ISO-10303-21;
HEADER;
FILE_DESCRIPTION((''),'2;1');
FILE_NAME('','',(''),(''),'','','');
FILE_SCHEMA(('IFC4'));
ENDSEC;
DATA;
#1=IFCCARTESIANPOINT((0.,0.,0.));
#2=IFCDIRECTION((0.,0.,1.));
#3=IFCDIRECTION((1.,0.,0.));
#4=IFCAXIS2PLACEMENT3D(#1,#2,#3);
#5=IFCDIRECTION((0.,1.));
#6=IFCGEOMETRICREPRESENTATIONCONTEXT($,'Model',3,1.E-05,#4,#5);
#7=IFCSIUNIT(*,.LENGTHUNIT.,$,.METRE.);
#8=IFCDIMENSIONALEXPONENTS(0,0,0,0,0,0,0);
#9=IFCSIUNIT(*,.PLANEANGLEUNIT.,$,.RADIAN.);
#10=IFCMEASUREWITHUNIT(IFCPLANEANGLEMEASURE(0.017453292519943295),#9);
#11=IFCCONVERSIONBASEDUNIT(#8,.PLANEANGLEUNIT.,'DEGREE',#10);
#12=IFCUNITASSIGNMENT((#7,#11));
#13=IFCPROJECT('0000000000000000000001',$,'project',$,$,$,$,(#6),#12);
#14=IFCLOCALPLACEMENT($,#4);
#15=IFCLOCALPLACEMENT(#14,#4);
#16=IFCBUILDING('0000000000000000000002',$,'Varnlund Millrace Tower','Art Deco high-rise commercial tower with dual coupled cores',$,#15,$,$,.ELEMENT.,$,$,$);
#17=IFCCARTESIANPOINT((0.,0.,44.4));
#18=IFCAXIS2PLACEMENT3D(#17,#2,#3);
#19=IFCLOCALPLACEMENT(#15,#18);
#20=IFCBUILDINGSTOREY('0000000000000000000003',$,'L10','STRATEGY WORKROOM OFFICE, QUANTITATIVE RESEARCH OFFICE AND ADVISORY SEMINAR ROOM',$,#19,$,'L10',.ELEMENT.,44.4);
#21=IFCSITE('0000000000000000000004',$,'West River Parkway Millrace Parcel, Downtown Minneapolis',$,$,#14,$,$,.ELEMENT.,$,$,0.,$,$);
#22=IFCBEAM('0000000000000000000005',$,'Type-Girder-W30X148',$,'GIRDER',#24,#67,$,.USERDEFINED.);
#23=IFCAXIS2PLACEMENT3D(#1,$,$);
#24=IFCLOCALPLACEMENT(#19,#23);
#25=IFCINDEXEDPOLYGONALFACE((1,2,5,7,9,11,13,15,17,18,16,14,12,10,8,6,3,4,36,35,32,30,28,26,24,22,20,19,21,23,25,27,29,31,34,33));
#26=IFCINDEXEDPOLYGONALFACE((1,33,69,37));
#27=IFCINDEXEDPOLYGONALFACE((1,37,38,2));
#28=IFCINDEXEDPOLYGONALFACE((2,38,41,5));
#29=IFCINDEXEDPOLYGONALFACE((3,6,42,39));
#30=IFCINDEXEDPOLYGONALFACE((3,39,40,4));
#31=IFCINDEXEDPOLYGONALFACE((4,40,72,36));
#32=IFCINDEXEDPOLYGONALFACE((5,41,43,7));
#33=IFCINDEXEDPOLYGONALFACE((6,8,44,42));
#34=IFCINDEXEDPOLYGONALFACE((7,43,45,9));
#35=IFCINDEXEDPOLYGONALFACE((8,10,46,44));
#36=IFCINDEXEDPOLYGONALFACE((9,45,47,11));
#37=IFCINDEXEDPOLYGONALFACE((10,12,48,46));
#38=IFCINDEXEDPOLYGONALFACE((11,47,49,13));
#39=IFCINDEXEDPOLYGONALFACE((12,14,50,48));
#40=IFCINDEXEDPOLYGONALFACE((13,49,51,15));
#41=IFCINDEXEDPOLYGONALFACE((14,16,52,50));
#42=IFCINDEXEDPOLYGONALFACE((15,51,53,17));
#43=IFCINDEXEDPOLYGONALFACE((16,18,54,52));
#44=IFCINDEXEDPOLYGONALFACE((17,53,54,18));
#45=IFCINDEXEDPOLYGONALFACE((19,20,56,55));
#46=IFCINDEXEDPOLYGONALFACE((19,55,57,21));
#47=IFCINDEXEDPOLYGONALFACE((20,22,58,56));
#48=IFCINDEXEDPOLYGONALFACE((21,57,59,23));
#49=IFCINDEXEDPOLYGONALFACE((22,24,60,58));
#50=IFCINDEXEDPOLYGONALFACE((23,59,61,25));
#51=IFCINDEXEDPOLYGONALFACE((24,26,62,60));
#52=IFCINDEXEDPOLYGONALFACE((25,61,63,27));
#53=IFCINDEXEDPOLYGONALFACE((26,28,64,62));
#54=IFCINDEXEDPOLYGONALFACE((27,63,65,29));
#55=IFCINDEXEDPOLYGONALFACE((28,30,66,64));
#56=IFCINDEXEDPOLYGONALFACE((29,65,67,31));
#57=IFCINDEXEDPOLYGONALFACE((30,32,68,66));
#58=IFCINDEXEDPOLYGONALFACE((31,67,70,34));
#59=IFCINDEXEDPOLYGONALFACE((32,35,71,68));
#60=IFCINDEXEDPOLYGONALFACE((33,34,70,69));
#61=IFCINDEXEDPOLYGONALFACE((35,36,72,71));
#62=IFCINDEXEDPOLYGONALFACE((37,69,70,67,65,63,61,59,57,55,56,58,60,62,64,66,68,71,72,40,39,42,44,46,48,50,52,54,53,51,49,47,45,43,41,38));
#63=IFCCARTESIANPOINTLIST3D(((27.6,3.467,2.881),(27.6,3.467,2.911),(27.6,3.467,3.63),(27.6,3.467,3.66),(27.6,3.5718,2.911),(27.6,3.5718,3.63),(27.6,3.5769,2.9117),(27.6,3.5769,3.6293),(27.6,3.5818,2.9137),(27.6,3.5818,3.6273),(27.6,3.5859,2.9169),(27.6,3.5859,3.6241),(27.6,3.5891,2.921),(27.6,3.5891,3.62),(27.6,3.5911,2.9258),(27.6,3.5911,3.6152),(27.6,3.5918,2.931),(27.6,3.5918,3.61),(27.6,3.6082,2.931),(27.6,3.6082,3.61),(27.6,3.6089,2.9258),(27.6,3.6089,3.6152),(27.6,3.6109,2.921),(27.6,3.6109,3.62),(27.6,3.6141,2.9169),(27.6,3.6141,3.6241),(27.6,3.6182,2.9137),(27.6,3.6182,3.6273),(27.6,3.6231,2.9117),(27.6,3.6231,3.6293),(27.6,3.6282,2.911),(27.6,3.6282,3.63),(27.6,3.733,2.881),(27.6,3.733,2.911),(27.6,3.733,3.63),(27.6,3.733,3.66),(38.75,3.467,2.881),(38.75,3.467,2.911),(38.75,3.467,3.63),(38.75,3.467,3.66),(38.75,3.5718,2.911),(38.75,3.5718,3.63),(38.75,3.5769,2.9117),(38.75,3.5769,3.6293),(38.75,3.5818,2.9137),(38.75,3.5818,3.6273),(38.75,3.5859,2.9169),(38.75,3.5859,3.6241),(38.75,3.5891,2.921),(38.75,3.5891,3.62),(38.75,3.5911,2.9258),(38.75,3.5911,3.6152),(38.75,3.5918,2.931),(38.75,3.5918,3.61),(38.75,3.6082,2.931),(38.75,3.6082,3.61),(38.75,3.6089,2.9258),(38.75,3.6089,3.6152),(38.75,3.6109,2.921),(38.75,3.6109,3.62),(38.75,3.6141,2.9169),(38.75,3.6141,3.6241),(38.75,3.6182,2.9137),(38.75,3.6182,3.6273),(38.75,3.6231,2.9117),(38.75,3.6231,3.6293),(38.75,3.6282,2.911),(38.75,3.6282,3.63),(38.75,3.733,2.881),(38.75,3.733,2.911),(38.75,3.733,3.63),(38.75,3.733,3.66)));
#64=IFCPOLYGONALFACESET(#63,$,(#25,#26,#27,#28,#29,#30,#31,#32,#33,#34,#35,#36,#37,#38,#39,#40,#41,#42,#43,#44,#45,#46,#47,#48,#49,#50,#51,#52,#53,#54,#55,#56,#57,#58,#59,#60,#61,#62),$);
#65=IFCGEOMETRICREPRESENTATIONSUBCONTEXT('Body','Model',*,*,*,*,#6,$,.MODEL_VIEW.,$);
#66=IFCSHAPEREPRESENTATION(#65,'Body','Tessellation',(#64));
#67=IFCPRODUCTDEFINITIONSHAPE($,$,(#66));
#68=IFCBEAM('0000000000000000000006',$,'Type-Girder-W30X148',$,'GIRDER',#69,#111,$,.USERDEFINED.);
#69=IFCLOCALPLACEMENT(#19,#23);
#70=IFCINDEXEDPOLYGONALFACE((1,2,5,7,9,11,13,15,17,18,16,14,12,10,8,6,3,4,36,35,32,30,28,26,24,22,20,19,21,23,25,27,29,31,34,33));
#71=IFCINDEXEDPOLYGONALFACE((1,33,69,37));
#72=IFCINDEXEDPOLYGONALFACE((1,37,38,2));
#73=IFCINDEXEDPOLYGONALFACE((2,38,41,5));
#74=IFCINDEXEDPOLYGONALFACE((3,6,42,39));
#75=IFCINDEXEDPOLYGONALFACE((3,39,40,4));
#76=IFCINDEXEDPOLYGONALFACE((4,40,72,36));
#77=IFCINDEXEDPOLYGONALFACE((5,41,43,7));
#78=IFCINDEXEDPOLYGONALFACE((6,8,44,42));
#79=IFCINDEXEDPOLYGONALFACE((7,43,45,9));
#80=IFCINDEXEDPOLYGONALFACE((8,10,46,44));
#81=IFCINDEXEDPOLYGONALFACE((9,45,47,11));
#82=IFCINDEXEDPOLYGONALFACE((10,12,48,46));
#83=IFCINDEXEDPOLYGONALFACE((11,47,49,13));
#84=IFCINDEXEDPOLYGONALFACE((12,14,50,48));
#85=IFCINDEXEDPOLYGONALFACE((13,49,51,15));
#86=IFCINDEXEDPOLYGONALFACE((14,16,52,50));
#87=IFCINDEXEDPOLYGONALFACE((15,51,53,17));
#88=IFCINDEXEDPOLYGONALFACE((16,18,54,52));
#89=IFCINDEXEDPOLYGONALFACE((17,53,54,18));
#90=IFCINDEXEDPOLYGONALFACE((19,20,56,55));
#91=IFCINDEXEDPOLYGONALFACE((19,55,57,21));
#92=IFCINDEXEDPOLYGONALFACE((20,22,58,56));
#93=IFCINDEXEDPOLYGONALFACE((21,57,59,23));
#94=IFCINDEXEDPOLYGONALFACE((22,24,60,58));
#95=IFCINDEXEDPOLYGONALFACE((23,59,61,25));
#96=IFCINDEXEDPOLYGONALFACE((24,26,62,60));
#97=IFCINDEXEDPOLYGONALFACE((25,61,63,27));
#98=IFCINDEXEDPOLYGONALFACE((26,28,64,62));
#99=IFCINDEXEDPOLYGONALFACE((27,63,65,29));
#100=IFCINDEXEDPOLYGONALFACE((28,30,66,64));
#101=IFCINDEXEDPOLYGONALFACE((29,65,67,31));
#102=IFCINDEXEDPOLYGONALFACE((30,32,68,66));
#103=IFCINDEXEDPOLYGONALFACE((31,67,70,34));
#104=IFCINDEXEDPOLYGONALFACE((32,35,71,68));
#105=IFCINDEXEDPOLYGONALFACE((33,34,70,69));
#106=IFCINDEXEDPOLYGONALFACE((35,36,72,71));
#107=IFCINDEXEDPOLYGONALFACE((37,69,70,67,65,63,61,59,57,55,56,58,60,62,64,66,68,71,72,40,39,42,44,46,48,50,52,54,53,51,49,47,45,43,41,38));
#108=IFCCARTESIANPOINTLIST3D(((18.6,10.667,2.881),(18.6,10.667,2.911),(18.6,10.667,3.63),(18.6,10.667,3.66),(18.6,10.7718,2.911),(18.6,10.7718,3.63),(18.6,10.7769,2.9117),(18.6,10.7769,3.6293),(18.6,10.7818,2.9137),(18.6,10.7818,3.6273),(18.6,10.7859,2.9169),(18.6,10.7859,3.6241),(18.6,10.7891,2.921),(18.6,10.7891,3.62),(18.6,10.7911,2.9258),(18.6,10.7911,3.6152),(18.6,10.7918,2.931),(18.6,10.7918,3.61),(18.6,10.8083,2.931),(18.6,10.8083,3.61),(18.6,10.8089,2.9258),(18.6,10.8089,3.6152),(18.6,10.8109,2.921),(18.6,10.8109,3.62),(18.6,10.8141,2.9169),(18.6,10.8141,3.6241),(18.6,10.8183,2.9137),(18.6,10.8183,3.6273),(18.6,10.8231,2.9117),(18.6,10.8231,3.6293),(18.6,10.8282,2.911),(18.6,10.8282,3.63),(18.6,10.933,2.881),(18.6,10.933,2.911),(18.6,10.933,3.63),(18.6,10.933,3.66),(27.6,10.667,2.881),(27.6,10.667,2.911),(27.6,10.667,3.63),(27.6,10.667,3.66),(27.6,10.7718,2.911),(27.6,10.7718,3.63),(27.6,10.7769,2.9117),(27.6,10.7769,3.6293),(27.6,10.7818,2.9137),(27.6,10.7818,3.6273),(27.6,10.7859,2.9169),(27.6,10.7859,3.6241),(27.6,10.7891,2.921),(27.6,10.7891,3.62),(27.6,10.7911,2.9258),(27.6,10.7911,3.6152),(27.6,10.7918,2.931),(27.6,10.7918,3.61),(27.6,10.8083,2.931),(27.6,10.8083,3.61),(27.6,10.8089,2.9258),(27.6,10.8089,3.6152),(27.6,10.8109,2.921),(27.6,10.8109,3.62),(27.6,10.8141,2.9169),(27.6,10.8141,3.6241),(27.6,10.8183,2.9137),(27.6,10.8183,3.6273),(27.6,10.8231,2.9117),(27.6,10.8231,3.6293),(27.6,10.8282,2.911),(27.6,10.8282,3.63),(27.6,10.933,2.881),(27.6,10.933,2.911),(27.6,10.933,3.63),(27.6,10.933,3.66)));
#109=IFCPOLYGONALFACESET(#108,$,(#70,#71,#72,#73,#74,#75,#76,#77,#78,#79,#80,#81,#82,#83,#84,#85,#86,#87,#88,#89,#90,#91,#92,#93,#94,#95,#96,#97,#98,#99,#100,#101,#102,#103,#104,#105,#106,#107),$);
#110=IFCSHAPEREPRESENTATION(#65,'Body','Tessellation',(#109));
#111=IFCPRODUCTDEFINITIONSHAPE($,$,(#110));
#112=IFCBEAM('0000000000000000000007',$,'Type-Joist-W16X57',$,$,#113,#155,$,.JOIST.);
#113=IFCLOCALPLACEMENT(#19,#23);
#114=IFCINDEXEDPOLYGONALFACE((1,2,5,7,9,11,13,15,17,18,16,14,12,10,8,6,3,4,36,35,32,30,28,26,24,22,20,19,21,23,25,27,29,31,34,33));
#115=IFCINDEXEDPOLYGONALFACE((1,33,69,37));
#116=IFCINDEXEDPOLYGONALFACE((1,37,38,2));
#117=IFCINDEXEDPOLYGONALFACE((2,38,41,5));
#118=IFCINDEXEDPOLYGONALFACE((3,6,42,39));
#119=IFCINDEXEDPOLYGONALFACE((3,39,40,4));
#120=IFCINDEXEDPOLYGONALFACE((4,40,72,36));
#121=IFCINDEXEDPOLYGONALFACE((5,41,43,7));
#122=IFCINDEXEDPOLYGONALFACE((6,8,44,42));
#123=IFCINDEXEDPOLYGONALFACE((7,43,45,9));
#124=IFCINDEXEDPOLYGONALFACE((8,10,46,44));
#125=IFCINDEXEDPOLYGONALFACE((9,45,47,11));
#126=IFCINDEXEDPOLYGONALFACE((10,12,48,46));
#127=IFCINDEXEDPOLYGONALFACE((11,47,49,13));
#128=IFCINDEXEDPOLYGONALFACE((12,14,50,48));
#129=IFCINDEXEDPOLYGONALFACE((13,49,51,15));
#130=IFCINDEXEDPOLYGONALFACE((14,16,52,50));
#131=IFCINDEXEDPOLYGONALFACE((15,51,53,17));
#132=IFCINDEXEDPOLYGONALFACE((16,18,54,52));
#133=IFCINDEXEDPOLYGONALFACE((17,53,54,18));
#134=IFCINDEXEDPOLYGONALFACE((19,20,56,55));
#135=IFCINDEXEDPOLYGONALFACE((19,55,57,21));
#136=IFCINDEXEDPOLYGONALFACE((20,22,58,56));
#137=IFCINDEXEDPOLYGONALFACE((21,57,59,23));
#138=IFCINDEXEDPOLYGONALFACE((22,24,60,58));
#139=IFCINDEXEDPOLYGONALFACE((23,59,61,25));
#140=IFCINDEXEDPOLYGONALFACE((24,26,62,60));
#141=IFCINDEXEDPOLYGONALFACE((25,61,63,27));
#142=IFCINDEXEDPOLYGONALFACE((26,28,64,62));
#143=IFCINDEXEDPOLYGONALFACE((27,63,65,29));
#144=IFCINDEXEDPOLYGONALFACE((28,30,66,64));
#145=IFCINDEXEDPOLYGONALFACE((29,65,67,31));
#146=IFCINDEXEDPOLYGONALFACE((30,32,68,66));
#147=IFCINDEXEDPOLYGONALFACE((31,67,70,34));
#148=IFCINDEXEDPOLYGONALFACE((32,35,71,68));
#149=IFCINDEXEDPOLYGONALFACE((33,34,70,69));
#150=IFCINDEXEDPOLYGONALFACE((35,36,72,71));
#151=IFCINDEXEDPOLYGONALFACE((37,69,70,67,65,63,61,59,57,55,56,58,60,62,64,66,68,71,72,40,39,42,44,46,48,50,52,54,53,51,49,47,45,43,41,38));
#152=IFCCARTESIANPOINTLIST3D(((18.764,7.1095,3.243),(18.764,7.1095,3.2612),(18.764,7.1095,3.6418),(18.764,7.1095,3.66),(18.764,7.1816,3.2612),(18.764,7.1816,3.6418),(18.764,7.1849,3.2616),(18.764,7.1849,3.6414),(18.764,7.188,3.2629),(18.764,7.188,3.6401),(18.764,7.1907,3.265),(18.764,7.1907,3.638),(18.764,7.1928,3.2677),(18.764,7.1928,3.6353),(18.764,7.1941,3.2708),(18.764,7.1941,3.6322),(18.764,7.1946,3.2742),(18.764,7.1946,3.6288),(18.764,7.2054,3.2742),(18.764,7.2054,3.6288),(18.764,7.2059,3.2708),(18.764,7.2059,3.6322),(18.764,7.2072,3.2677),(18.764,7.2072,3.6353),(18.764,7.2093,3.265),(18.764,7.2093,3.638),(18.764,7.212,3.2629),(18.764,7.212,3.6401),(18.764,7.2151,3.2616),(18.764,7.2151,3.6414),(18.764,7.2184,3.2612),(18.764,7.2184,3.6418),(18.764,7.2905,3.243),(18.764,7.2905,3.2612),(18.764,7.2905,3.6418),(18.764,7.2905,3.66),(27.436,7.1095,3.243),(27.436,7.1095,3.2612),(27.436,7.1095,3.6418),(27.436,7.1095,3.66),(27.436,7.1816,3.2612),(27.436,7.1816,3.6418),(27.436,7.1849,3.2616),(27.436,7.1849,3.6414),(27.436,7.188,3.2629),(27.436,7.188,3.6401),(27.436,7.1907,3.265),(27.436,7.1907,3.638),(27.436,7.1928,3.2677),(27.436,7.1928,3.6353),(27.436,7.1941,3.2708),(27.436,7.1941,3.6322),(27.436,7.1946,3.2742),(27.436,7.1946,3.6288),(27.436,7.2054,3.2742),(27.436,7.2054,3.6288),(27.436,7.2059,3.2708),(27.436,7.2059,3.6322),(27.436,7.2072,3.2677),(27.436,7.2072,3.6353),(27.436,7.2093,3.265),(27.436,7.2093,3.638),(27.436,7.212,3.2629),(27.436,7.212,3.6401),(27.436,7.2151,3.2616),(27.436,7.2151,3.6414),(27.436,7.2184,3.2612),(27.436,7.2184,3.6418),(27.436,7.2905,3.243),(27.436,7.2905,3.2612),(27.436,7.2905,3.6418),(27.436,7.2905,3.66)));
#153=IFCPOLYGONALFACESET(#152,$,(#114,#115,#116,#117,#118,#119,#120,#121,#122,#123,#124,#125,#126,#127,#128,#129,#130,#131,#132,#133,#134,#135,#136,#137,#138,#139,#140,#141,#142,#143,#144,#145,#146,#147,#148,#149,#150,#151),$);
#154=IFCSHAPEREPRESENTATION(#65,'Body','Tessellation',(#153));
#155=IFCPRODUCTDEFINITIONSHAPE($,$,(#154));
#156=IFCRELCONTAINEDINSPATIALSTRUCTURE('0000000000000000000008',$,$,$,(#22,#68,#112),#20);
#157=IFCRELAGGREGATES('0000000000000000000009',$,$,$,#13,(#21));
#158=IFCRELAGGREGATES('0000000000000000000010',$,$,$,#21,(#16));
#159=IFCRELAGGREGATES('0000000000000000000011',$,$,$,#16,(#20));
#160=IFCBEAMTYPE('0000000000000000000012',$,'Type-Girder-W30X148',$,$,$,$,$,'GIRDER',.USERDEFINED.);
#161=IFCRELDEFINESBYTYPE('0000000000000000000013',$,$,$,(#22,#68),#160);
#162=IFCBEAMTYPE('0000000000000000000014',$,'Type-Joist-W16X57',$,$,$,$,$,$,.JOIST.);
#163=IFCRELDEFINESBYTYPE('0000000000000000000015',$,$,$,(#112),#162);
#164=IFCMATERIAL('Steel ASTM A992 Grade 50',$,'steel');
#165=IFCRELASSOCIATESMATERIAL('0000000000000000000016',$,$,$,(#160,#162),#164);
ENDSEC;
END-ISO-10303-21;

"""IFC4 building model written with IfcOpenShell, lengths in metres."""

from ifc_helpers import new_model, entity, si_unit, converted_unit, direction, frame, origin_with_axes, origin_2d_with_axis, place, context, subcontext, project, spatial, i_section, extrude, material, material_profile, profile_set, type_object, element, save


model = new_model("IFC4")

# Units and contexts
model_context = context("Model", 3, precision=1e-05, world=origin_with_axes(), true_north=direction((0.0, 1.0)))
body_context = subcontext(model_context, "Body", "Model", "MODEL_VIEW")
ifc_project = project(units=[si_unit("LENGTHUNIT", "METRE"), converted_unit("PLANEANGLEUNIT", "DEGREE", entity("IfcPlaneAngleMeasure", 0.017453292519943295), si_unit("PLANEANGLEUNIT", "RADIAN"), dimensions=[0, 0, 0, 0, 0, 0, 0])], contexts=[model_context])

# Site, building, storey
site_placement = place(None, origin_with_axes())
site = spatial("IfcSite", under=ifc_project, at=site_placement, Name="West River Parkway Millrace Parcel, Downtown Minneapolis", CompositionType="ELEMENT", RefElevation=0.0)
building_placement = place(site_placement, origin_with_axes())
building = spatial("IfcBuilding", under=site, at=building_placement, Name="Varnlund Millrace Tower", Description="Art Deco high-rise commercial tower with dual coupled cores", CompositionType="ELEMENT")
storey_placement = place(building_placement, frame((0.0, 0.0, 44.4), z_axis=(0.0, 0.0, 1.0), x_axis=(1.0, 0.0, 0.0)))
storey = spatial("IfcBuildingStorey", under=building, at=storey_placement, Name="L10", Description="STRATEGY WORKROOM OFFICE, QUANTITATIVE RESEARCH OFFICE AND ADVISORY SEMINAR ROOM", LongName="L10", CompositionType="ELEMENT", Elevation=44.4)

# Beams
ifc_material_1 = material(Name="Steel ASTM A992 Grade 50", Category="steel")
ifc_material_profile_1 = material_profile(ifc_material_1, i_section(OverallWidth=0.266, OverallDepth=0.779, WebThickness=0.0165, FlangeThickness=0.03, FilletRadius=0.02, at=origin_2d_with_axis()), Name="Steel ASTM A992 Grade 50")
ifc_profile_set_1 = profile_set([ifc_material_profile_1], Name="Steel ASTM A992 Grade 50")
beam_type_1 = type_object("IfcBeamType", Name="Type-Girder-W30X148", ElementType="GIRDER", PredefinedType="USERDEFINED", material=ifc_profile_set_1)
beam_1_placement = place(storey_placement, frame((27.6, 3.6, 3.2705), z_axis=(1.0, 0.0, 0.0), x_axis=(0.0, 1.0, 0.0)))
element("IfcBeam", 1, at=beam_1_placement, inside=storey, type_object=beam_type_1, Name="Type-Girder-W30X148", ObjectType="GIRDER", PredefinedType="USERDEFINED", context=body_context, shape_type="SweptSolid", body=[
    extrude(i_section(OverallWidth=0.266, OverallDepth=0.779, WebThickness=0.0165, FlangeThickness=0.03, FilletRadius=0.02, at=origin_2d_with_axis()), origin_with_axes(), (0.0, 0.0, 1.0), 11.15),
])
beam_2_placement = place(storey_placement, frame((18.6, 10.8, 3.2705), z_axis=(1.0, 0.0, 0.0), x_axis=(0.0, 1.0, 0.0)))
element("IfcBeam", 2, at=beam_2_placement, inside=storey, type_object=beam_type_1, Name="Type-Girder-W30X148", ObjectType="GIRDER", PredefinedType="USERDEFINED", context=body_context, shape_type="SweptSolid", body=[
    extrude(i_section(OverallWidth=0.266, OverallDepth=0.779, WebThickness=0.0165, FlangeThickness=0.03, FilletRadius=0.02, at=origin_2d_with_axis()), origin_with_axes(), (0.0, 0.0, 1.0), 9.0),
])
ifc_material_profile_2 = material_profile(ifc_material_1, i_section(OverallWidth=0.181, OverallDepth=0.417, WebThickness=0.0109, FlangeThickness=0.0182, FilletRadius=0.013, at=origin_2d_with_axis()), Name="Steel ASTM A992 Grade 50")
ifc_profile_set_2 = profile_set([ifc_material_profile_2], Name="Steel ASTM A992 Grade 50")
beam_type_2 = type_object("IfcBeamType", Name="Type-Joist-W16X57", PredefinedType="JOIST", material=ifc_profile_set_2)
beam_3_placement = place(storey_placement, frame((18.764, 7.2, 3.4515), z_axis=(1.0, 0.0, 0.0), x_axis=(0.0, 1.0, 0.0)))
element("IfcBeam", 3, at=beam_3_placement, inside=storey, type_object=beam_type_2, Name="Type-Joist-W16X57", PredefinedType="JOIST", context=body_context, shape_type="SweptSolid", body=[
    extrude(i_section(OverallWidth=0.181, OverallDepth=0.417, WebThickness=0.0109, FlangeThickness=0.0182, FilletRadius=0.013, at=origin_2d_with_axis()), origin_with_axes(), (0.0, 0.0, 1.0), 8.672),
])

save(model, "model.ifc")
